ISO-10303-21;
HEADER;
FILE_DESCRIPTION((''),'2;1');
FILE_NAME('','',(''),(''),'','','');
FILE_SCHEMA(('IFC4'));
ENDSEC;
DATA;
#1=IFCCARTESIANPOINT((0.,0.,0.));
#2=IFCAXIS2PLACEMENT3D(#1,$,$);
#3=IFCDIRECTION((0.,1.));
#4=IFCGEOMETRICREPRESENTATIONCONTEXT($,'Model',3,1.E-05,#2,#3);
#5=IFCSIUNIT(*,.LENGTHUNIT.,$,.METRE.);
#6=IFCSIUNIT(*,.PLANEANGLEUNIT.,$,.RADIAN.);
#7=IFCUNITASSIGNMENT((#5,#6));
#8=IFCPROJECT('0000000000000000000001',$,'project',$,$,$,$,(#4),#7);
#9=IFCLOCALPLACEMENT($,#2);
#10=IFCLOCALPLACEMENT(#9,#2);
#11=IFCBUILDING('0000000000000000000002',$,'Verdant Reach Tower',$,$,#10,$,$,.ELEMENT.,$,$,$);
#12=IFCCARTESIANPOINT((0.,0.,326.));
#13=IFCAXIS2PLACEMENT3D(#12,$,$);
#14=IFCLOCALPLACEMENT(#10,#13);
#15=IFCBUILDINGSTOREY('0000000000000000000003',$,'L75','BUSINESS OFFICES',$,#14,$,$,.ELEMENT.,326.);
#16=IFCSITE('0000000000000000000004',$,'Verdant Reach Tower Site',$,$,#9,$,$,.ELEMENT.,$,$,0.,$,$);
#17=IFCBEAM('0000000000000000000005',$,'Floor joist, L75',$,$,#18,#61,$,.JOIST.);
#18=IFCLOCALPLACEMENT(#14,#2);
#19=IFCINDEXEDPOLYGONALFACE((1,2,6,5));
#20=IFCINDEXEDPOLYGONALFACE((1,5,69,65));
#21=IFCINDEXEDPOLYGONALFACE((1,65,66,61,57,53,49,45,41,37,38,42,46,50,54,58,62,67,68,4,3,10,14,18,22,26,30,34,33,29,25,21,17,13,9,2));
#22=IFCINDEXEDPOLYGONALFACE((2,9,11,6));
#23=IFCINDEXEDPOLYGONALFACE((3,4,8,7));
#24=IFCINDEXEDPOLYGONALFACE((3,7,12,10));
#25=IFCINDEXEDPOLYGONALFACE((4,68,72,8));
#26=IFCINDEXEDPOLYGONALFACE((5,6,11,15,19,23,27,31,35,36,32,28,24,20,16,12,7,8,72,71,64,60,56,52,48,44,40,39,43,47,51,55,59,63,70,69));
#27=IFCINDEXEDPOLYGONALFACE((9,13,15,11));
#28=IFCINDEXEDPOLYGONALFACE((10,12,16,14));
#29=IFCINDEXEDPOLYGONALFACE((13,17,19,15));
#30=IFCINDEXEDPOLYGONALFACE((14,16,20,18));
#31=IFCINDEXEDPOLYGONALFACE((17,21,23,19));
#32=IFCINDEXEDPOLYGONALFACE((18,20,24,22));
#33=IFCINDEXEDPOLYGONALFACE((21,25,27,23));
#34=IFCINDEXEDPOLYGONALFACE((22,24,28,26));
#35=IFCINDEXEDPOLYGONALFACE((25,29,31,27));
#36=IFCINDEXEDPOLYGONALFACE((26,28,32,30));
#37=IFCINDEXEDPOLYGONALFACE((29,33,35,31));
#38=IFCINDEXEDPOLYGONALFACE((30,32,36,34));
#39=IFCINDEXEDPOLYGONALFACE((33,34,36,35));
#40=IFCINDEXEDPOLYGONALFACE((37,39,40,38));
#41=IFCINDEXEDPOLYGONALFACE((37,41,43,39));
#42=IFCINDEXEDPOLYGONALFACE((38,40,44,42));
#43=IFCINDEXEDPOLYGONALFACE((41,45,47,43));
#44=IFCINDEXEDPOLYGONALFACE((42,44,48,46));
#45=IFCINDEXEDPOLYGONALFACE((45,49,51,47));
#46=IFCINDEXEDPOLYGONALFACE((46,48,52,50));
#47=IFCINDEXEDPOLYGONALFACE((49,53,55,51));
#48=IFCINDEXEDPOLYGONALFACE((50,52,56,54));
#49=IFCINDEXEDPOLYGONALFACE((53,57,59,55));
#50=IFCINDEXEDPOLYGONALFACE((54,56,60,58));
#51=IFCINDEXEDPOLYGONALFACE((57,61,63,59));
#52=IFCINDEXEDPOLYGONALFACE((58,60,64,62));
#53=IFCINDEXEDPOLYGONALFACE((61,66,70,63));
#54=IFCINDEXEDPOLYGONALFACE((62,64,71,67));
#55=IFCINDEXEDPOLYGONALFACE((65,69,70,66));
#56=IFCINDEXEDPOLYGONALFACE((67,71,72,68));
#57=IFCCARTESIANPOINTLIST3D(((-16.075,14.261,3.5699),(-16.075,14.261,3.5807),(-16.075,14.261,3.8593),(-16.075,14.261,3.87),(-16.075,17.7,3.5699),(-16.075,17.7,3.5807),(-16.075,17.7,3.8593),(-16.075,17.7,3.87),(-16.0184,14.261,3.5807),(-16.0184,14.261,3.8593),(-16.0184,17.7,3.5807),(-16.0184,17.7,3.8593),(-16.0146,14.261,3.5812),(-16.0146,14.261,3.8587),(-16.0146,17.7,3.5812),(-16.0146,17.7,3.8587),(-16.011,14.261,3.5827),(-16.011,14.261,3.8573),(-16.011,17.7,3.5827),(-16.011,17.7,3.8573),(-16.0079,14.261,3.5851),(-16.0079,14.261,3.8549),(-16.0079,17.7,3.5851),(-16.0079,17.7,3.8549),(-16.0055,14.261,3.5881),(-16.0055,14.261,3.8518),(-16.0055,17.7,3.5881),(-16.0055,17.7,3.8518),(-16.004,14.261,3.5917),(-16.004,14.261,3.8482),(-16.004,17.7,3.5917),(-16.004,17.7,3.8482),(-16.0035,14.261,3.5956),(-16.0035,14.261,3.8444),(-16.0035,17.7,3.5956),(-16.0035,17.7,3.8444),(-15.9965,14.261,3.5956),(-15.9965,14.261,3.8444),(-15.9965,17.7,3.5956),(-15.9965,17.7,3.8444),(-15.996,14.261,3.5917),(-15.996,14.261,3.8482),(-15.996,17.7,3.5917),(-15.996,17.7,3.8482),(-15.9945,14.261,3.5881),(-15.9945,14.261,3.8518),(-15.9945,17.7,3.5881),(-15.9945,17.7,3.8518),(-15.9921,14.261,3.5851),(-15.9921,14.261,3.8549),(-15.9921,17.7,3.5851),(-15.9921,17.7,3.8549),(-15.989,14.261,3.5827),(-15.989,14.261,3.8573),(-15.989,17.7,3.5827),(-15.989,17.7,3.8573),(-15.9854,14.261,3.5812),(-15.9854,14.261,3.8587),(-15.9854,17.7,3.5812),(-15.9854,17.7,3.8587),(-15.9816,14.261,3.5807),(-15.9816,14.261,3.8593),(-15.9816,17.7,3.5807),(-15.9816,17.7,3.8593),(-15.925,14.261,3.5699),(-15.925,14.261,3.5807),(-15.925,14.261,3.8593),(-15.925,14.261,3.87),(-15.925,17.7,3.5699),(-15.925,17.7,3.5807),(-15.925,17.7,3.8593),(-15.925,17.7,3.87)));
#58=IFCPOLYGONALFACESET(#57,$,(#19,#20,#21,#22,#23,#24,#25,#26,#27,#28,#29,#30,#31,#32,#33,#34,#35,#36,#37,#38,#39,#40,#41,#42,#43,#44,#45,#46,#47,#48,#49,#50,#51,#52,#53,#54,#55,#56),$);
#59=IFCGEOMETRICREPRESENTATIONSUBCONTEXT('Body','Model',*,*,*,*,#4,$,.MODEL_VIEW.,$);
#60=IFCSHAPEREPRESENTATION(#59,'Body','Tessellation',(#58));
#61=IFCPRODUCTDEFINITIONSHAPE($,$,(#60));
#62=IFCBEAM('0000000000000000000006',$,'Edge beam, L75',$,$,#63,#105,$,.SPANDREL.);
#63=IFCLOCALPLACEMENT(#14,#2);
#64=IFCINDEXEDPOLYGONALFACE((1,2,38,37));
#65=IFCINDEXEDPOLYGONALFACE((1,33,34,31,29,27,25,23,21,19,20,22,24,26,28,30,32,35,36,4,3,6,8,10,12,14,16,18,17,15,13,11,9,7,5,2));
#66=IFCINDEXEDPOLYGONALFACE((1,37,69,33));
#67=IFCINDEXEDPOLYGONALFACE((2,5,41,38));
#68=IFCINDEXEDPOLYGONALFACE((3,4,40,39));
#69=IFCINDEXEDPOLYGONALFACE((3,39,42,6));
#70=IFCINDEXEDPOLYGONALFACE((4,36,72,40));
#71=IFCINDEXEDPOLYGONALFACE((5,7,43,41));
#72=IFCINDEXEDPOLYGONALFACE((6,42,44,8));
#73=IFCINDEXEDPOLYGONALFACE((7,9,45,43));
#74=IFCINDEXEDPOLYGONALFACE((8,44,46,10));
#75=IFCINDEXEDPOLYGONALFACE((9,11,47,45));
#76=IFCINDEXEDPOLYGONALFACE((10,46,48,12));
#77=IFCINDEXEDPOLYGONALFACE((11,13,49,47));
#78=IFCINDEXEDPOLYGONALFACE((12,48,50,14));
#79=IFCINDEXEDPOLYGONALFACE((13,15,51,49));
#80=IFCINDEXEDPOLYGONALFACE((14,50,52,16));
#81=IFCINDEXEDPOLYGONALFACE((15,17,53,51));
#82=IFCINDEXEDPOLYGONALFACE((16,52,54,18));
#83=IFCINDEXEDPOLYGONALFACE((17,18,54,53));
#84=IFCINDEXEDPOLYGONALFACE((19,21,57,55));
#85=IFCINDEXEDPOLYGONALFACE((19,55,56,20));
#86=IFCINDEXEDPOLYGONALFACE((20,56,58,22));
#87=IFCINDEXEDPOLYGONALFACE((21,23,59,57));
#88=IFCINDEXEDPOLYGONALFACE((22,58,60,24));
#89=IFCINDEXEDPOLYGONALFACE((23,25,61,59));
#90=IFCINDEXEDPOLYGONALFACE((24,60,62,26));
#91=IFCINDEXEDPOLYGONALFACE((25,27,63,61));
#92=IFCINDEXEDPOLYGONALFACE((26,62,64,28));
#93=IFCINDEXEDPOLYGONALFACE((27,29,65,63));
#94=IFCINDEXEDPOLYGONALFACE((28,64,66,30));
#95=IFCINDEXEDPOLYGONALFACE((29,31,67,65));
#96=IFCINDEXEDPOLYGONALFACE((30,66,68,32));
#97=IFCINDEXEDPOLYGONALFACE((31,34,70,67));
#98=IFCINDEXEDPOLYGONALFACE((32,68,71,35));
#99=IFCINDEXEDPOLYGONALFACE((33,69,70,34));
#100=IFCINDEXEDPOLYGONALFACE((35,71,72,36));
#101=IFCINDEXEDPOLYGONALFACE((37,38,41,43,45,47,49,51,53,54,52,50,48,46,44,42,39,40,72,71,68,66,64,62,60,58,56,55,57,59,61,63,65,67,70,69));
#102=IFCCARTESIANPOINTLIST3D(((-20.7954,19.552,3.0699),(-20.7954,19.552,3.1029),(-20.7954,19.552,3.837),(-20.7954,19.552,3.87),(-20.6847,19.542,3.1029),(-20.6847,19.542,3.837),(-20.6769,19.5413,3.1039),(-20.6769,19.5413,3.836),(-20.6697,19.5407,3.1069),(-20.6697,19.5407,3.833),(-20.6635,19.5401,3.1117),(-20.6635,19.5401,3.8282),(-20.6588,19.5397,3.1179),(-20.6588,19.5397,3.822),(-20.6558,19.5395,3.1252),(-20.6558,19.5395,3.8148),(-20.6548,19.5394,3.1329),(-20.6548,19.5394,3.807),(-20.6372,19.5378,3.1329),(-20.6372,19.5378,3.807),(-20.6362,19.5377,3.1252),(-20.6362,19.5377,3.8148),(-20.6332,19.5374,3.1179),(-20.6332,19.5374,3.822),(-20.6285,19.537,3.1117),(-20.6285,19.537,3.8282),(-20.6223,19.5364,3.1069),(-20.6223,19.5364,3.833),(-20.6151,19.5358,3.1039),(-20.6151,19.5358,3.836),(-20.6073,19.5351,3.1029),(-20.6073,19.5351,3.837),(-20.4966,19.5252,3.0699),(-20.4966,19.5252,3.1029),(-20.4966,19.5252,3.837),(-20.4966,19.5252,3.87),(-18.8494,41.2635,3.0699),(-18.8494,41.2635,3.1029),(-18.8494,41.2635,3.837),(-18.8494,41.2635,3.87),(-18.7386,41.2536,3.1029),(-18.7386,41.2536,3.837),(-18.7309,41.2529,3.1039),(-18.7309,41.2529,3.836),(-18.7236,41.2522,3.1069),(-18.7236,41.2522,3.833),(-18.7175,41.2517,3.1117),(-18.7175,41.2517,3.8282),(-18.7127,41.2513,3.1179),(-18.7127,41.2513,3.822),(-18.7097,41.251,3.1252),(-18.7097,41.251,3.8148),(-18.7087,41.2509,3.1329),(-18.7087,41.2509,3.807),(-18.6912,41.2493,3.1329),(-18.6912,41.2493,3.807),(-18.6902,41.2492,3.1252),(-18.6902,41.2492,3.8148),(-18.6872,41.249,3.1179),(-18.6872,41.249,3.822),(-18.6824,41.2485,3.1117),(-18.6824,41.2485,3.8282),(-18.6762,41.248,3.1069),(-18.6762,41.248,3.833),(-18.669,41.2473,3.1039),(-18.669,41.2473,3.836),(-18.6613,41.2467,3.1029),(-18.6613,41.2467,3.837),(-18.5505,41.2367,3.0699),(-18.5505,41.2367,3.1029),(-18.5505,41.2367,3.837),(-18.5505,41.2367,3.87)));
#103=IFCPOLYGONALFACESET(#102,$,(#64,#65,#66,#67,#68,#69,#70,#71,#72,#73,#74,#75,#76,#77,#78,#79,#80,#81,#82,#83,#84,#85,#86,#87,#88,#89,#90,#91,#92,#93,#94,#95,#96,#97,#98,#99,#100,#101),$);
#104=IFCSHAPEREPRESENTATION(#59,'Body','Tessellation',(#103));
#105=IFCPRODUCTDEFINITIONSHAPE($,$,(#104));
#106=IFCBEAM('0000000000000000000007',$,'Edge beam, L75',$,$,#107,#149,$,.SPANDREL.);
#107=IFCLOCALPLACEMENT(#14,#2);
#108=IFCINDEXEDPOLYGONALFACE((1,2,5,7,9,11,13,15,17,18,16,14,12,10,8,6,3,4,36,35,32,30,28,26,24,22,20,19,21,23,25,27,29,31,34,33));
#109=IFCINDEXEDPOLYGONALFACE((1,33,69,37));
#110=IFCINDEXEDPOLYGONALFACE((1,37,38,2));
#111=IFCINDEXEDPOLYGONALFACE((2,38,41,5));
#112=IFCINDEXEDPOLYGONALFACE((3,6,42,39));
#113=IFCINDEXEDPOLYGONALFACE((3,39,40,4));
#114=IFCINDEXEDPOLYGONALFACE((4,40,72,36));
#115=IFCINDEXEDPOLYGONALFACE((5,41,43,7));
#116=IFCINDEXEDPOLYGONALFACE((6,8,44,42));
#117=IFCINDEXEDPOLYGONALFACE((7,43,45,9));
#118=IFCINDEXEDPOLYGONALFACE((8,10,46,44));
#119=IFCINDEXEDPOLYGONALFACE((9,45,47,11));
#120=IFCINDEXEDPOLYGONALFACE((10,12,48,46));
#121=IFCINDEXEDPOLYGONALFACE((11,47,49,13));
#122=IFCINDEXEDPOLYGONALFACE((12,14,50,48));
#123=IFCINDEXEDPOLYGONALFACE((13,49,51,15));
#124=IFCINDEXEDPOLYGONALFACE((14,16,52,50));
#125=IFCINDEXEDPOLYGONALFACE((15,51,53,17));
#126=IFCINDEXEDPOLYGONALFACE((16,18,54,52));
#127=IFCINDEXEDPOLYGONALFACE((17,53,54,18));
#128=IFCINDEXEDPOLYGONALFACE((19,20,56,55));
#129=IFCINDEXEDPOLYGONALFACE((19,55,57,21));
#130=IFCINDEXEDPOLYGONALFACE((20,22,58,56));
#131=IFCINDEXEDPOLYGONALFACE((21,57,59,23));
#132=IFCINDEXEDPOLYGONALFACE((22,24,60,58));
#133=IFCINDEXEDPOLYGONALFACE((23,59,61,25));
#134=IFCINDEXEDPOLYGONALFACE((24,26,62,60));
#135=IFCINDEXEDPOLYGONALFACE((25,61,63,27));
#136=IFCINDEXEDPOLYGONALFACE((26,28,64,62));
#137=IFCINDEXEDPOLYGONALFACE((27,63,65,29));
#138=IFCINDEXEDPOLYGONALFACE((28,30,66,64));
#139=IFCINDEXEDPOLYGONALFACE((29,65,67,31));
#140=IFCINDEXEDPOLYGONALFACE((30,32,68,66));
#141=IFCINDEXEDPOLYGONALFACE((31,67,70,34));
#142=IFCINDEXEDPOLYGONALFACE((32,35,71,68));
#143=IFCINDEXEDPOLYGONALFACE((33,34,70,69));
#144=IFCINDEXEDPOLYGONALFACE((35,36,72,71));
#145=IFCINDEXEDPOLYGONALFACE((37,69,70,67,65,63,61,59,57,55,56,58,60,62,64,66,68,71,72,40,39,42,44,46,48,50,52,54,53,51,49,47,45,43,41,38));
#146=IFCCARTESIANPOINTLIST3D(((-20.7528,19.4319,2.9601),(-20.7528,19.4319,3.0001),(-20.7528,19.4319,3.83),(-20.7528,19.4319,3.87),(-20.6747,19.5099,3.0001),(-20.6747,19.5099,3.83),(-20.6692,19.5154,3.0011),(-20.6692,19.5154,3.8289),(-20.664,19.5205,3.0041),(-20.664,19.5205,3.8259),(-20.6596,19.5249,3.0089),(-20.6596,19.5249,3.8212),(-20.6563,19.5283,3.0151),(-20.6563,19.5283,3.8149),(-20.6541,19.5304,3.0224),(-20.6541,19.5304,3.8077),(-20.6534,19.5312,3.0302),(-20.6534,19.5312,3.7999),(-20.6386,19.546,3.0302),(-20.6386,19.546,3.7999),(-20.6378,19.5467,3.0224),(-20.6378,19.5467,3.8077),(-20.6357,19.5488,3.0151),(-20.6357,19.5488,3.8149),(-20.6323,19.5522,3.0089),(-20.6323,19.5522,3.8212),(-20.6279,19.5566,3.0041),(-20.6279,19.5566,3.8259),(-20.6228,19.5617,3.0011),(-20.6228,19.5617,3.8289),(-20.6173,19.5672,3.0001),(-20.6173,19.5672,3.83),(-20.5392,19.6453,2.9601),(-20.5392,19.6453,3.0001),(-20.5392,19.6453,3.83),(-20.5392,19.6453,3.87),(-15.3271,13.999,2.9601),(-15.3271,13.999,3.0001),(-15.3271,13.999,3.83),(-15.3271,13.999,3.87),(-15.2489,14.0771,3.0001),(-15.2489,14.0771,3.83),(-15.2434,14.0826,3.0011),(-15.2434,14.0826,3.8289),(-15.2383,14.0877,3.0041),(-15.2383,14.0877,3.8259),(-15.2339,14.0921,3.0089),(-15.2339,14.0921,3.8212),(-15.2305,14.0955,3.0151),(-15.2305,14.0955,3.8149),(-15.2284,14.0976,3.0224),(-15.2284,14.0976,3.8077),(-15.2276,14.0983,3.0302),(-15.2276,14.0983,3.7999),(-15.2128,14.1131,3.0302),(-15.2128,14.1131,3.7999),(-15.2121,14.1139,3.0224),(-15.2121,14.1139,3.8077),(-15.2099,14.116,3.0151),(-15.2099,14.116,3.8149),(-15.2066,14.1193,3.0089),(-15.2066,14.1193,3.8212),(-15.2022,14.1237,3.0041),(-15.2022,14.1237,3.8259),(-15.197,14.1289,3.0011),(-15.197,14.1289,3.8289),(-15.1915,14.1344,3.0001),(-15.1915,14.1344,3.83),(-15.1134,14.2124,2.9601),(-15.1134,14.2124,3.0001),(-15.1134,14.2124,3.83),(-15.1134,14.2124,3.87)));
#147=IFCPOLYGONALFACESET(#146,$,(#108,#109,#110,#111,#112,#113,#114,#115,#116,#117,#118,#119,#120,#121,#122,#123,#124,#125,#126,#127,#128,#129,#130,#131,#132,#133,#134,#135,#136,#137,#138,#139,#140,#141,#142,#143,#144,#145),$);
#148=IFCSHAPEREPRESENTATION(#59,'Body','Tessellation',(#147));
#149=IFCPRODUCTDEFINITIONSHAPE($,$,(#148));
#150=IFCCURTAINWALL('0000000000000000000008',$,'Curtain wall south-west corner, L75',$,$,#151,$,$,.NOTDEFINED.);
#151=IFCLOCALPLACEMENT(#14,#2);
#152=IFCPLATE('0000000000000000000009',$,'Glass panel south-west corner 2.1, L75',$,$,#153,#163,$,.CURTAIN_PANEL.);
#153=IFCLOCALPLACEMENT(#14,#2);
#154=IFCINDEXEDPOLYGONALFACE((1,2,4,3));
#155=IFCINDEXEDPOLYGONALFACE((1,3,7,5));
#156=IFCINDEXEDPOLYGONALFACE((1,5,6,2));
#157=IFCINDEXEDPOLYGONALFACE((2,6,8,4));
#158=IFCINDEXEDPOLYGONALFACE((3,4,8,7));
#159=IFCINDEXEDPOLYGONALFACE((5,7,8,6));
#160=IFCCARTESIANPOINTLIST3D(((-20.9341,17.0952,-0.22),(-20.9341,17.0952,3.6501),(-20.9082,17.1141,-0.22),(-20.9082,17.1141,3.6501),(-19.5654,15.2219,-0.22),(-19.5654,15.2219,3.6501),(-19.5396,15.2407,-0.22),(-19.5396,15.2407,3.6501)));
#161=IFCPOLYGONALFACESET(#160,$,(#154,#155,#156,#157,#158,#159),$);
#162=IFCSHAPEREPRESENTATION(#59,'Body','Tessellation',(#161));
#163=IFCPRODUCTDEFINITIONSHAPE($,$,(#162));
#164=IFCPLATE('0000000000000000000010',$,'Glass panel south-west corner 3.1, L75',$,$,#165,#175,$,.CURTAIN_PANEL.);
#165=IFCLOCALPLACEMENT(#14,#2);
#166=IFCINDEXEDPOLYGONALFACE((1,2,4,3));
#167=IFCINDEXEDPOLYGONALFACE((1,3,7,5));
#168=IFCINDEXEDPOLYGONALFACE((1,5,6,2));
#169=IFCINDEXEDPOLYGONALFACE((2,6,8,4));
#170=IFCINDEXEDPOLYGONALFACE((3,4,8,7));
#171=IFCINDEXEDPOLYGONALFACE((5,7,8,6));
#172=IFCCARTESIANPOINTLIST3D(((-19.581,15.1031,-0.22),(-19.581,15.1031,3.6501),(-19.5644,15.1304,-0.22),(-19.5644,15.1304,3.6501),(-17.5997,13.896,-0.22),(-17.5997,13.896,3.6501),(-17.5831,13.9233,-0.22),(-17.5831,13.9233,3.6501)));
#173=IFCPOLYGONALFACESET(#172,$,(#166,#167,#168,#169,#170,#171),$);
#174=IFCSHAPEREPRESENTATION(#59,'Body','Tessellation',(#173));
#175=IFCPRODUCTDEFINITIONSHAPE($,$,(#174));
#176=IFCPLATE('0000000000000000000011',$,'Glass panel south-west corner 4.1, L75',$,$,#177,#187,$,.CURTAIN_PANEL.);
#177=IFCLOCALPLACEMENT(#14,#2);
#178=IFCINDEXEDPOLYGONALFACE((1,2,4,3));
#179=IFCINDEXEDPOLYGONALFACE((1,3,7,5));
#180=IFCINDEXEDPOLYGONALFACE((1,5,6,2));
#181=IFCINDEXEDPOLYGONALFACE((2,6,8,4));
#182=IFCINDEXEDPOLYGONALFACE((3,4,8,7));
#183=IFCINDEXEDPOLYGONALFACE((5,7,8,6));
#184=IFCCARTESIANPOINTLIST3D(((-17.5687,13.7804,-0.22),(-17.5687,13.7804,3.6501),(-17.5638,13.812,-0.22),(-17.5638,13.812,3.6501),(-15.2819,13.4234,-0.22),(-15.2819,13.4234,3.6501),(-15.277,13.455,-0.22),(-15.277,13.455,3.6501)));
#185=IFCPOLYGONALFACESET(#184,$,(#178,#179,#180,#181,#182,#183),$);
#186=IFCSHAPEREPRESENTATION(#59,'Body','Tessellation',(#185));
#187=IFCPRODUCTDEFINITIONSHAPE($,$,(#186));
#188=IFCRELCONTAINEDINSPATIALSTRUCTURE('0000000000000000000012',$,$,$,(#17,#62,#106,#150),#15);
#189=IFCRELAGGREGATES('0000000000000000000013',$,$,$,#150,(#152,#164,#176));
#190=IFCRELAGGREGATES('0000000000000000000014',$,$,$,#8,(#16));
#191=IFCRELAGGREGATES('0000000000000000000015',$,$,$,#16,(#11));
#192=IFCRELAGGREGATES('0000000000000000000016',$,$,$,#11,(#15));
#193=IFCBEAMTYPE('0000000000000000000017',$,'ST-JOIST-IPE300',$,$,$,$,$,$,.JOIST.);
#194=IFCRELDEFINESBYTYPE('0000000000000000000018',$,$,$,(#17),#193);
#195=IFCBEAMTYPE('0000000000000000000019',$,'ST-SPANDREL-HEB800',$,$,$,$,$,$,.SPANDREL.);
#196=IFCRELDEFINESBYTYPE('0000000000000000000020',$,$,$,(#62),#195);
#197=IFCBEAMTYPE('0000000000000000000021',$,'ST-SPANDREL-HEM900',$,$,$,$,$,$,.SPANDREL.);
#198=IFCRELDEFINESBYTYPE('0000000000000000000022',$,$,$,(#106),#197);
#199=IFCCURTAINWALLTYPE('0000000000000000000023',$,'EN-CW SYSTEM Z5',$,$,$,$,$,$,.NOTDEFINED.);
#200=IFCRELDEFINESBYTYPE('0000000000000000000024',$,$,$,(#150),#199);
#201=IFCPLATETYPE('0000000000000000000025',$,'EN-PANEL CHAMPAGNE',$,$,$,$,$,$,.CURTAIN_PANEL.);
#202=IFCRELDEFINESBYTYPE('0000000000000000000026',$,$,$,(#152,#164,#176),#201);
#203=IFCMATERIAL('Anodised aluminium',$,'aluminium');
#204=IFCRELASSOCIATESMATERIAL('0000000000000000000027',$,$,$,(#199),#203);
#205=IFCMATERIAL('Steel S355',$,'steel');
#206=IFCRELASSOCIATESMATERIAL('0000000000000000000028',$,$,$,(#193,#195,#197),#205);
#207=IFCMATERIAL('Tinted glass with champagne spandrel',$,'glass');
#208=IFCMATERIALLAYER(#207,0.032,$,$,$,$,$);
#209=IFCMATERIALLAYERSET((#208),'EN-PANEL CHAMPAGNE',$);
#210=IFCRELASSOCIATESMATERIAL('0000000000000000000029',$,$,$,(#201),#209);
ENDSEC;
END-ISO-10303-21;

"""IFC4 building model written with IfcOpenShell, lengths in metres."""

from ifc_helpers import new_model, si_unit, direction, frame, origin, origin_2d, place, context, subcontext, project, spatial, rectangle, i_section, extrude, material, layer, layer_set, material_profile, profile_set, type_object, element, aggregate, save


model = new_model("IFC4")

# Units and contexts
model_context = context("Model", 3, precision=1e-05, world=origin(), true_north=direction((0.0, 1.0)))
body_context = subcontext(model_context, "Body", "Model", "MODEL_VIEW")
ifc_project = project(units=[si_unit("LENGTHUNIT", "METRE"), si_unit("PLANEANGLEUNIT", "RADIAN")], contexts=[model_context])

# Site, building, storey
site_placement = place(None, origin())
site = spatial("IfcSite", under=ifc_project, at=site_placement, Name="Verdant Reach Tower Site", CompositionType="ELEMENT", RefElevation=0.0)
building_placement = place(site_placement, origin())
building = spatial("IfcBuilding", under=site, at=building_placement, Name="Verdant Reach Tower", CompositionType="ELEMENT")
storey_placement = place(building_placement, frame((0.0, 0.0, 326.0)))
storey = spatial("IfcBuildingStorey", under=building, at=storey_placement, Name="L75", Description="BUSINESS OFFICES", CompositionType="ELEMENT", Elevation=326.0)

# Shared definitions
ifc_material_1 = material(Name="Anodised aluminium", Category="aluminium")
curtain_wall_type = type_object("IfcCurtainWallType", Name="EN-CW SYSTEM Z5", PredefinedType="NOTDEFINED", material=ifc_material_1)

# Beams
ifc_material_2 = material(Name="Steel S355", Category="steel")
ifc_material_profile_1 = material_profile(ifc_material_2, i_section(OverallWidth=0.1499, OverallDepth=0.3, WebThickness=0.0071, FlangeThickness=0.0107, FilletRadius=0.0149, at=origin_2d()), Name="IPE 300")
ifc_profile_set_1 = profile_set([ifc_material_profile_1], Name="Steel S355")
beam_type_1 = type_object("IfcBeamType", Name="ST-JOIST-IPE300", PredefinedType="JOIST", material=ifc_profile_set_1)
beam_1_placement = place(storey_placement, frame((-16.0, 17.7, 3.72), z_axis=(0.0, -1.0, 0.0), x_axis=(1.0, 0.0, 0.0)))
element("IfcBeam", 1, at=beam_1_placement, inside=storey, type_object=beam_type_1, Name="Floor joist, L75", PredefinedType="JOIST", context=body_context, shape_type="SweptSolid", body=[
    extrude(i_section(OverallWidth=0.1499, OverallDepth=0.3, WebThickness=0.0071, FlangeThickness=0.0107, FilletRadius=0.0149, at=origin_2d()), origin(), (0.0, 0.0, 1.0), 3.439),
])
ifc_material_profile_2 = material_profile(ifc_material_2, i_section(OverallWidth=0.3, OverallDepth=0.8, WebThickness=0.0176, FlangeThickness=0.033, FilletRadius=0.03, at=origin_2d()), Name="HEB 800")
ifc_profile_set_2 = profile_set([ifc_material_profile_2], Name="Steel S355")
beam_type_2 = type_object("IfcBeamType", Name="ST-SPANDREL-HEB800", PredefinedType="SPANDREL", material=ifc_profile_set_2)
beam_2_placement = place(storey_placement, frame((-20.646, 19.5386, 3.47), z_axis=(0.089274, 0.996007, 0.0), x_axis=(-0.996007, 0.089274, 0.0)))
element("IfcBeam", 2, at=beam_2_placement, inside=storey, type_object=beam_type_2, Name="Edge beam, L75", PredefinedType="SPANDREL", context=body_context, shape_type="SweptSolid", body=[
    extrude(i_section(OverallWidth=0.3, OverallDepth=0.8, WebThickness=0.0176, FlangeThickness=0.033, FilletRadius=0.03, at=origin_2d()), origin(), (0.0, 0.0, 1.0), 21.7986),
])
ifc_material_profile_3 = material_profile(ifc_material_2, i_section(OverallWidth=0.302, OverallDepth=0.9099, WebThickness=0.021, FlangeThickness=0.04, FilletRadius=0.03, at=origin_2d()), Name="HEM 900")
ifc_profile_set_3 = profile_set([ifc_material_profile_3], Name="Steel S355")
beam_type_3 = type_object("IfcBeamType", Name="ST-SPANDREL-HEM900", PredefinedType="SPANDREL", material=ifc_profile_set_3)
beam_3_placement = place(storey_placement, frame((-15.2202, 14.1057, 3.415), z_axis=(-0.706646, 0.707568, 0.0), x_axis=(-0.707568, -0.706646, 0.0)))
element("IfcBeam", 3, at=beam_3_placement, inside=storey, type_object=beam_type_3, Name="Edge beam, L75", PredefinedType="SPANDREL", context=body_context, shape_type="SweptSolid", body=[
    extrude(i_section(OverallWidth=0.302, OverallDepth=0.9099, WebThickness=0.021, FlangeThickness=0.04, FilletRadius=0.03, at=origin_2d()), origin(), (0.0, 0.0, 1.0), 7.6782),
])

# Curtain wall, plates
curtain_wall_1_placement = place(storey_placement, origin())
curtain_wall_1 = element("IfcCurtainWall", 4, at=curtain_wall_1_placement, inside=storey, type_object=curtain_wall_type, Name="Curtain wall south-west corner, L75", PredefinedType="NOTDEFINED")
ifc_material_3 = material(Name="Tinted glass with champagne spandrel", Category="glass")
ifc_layer_1 = layer(ifc_material_3, 0.032)
ifc_layer_set_1 = layer_set([ifc_layer_1], Name="EN-PANEL CHAMPAGNE")
plate_type_1 = type_object("IfcPlateType", Name="EN-PANEL CHAMPAGNE", PredefinedType="CURTAIN_PANEL", material=ifc_layer_set_1)
plate_1_placement = place(storey_placement, frame((-20.2368, 16.168, -0.22), z_axis=(0.0, 0.0, 1.0), x_axis=(0.589927, -0.807457, 0.0)))
plate_1 = element("IfcPlate", 5, at=plate_1_placement, type_object=plate_type_1, Name="Glass panel south-west corner 2.1, L75", PredefinedType="CURTAIN_PANEL", context=body_context, shape_type="SweptSolid", body=[
    extrude(rectangle(XDim=2.3201, YDim=0.032, at=origin_2d()), origin(), (0.0, 0.0, 1.0), 3.8701),
])
plate_2_placement = place(storey_placement, frame((-18.582, 14.5132, -0.22), z_axis=(0.0, 0.0, 1.0), x_axis=(0.853989, -0.520292, 0.0)))
plate_2 = element("IfcPlate", 6, at=plate_2_placement, type_object=plate_type_1, Name="Glass panel south-west corner 3.1, L75", PredefinedType="CURTAIN_PANEL", context=body_context, shape_type="SweptSolid", body=[
    extrude(rectangle(XDim=2.3201, YDim=0.032, at=origin_2d()), origin(), (0.0, 0.0, 1.0), 3.8701),
])
plate_3_placement = place(storey_placement, frame((-16.4229, 13.6177, -0.22), z_axis=(0.0, 0.0, 1.0), x_axis=(0.988033, -0.15424, 0.0)))
plate_3 = element("IfcPlate", 7, at=plate_3_placement, type_object=plate_type_1, Name="Glass panel south-west corner 4.1, L75", PredefinedType="CURTAIN_PANEL", context=body_context, shape_type="SweptSolid", body=[
    extrude(rectangle(XDim=2.3145, YDim=0.032, at=origin_2d()), origin(), (0.0, 0.0, 1.0), 3.8701),
])

aggregate(curtain_wall_1, [plate_1, plate_2, plate_3])

save(model, "model.ifc")
